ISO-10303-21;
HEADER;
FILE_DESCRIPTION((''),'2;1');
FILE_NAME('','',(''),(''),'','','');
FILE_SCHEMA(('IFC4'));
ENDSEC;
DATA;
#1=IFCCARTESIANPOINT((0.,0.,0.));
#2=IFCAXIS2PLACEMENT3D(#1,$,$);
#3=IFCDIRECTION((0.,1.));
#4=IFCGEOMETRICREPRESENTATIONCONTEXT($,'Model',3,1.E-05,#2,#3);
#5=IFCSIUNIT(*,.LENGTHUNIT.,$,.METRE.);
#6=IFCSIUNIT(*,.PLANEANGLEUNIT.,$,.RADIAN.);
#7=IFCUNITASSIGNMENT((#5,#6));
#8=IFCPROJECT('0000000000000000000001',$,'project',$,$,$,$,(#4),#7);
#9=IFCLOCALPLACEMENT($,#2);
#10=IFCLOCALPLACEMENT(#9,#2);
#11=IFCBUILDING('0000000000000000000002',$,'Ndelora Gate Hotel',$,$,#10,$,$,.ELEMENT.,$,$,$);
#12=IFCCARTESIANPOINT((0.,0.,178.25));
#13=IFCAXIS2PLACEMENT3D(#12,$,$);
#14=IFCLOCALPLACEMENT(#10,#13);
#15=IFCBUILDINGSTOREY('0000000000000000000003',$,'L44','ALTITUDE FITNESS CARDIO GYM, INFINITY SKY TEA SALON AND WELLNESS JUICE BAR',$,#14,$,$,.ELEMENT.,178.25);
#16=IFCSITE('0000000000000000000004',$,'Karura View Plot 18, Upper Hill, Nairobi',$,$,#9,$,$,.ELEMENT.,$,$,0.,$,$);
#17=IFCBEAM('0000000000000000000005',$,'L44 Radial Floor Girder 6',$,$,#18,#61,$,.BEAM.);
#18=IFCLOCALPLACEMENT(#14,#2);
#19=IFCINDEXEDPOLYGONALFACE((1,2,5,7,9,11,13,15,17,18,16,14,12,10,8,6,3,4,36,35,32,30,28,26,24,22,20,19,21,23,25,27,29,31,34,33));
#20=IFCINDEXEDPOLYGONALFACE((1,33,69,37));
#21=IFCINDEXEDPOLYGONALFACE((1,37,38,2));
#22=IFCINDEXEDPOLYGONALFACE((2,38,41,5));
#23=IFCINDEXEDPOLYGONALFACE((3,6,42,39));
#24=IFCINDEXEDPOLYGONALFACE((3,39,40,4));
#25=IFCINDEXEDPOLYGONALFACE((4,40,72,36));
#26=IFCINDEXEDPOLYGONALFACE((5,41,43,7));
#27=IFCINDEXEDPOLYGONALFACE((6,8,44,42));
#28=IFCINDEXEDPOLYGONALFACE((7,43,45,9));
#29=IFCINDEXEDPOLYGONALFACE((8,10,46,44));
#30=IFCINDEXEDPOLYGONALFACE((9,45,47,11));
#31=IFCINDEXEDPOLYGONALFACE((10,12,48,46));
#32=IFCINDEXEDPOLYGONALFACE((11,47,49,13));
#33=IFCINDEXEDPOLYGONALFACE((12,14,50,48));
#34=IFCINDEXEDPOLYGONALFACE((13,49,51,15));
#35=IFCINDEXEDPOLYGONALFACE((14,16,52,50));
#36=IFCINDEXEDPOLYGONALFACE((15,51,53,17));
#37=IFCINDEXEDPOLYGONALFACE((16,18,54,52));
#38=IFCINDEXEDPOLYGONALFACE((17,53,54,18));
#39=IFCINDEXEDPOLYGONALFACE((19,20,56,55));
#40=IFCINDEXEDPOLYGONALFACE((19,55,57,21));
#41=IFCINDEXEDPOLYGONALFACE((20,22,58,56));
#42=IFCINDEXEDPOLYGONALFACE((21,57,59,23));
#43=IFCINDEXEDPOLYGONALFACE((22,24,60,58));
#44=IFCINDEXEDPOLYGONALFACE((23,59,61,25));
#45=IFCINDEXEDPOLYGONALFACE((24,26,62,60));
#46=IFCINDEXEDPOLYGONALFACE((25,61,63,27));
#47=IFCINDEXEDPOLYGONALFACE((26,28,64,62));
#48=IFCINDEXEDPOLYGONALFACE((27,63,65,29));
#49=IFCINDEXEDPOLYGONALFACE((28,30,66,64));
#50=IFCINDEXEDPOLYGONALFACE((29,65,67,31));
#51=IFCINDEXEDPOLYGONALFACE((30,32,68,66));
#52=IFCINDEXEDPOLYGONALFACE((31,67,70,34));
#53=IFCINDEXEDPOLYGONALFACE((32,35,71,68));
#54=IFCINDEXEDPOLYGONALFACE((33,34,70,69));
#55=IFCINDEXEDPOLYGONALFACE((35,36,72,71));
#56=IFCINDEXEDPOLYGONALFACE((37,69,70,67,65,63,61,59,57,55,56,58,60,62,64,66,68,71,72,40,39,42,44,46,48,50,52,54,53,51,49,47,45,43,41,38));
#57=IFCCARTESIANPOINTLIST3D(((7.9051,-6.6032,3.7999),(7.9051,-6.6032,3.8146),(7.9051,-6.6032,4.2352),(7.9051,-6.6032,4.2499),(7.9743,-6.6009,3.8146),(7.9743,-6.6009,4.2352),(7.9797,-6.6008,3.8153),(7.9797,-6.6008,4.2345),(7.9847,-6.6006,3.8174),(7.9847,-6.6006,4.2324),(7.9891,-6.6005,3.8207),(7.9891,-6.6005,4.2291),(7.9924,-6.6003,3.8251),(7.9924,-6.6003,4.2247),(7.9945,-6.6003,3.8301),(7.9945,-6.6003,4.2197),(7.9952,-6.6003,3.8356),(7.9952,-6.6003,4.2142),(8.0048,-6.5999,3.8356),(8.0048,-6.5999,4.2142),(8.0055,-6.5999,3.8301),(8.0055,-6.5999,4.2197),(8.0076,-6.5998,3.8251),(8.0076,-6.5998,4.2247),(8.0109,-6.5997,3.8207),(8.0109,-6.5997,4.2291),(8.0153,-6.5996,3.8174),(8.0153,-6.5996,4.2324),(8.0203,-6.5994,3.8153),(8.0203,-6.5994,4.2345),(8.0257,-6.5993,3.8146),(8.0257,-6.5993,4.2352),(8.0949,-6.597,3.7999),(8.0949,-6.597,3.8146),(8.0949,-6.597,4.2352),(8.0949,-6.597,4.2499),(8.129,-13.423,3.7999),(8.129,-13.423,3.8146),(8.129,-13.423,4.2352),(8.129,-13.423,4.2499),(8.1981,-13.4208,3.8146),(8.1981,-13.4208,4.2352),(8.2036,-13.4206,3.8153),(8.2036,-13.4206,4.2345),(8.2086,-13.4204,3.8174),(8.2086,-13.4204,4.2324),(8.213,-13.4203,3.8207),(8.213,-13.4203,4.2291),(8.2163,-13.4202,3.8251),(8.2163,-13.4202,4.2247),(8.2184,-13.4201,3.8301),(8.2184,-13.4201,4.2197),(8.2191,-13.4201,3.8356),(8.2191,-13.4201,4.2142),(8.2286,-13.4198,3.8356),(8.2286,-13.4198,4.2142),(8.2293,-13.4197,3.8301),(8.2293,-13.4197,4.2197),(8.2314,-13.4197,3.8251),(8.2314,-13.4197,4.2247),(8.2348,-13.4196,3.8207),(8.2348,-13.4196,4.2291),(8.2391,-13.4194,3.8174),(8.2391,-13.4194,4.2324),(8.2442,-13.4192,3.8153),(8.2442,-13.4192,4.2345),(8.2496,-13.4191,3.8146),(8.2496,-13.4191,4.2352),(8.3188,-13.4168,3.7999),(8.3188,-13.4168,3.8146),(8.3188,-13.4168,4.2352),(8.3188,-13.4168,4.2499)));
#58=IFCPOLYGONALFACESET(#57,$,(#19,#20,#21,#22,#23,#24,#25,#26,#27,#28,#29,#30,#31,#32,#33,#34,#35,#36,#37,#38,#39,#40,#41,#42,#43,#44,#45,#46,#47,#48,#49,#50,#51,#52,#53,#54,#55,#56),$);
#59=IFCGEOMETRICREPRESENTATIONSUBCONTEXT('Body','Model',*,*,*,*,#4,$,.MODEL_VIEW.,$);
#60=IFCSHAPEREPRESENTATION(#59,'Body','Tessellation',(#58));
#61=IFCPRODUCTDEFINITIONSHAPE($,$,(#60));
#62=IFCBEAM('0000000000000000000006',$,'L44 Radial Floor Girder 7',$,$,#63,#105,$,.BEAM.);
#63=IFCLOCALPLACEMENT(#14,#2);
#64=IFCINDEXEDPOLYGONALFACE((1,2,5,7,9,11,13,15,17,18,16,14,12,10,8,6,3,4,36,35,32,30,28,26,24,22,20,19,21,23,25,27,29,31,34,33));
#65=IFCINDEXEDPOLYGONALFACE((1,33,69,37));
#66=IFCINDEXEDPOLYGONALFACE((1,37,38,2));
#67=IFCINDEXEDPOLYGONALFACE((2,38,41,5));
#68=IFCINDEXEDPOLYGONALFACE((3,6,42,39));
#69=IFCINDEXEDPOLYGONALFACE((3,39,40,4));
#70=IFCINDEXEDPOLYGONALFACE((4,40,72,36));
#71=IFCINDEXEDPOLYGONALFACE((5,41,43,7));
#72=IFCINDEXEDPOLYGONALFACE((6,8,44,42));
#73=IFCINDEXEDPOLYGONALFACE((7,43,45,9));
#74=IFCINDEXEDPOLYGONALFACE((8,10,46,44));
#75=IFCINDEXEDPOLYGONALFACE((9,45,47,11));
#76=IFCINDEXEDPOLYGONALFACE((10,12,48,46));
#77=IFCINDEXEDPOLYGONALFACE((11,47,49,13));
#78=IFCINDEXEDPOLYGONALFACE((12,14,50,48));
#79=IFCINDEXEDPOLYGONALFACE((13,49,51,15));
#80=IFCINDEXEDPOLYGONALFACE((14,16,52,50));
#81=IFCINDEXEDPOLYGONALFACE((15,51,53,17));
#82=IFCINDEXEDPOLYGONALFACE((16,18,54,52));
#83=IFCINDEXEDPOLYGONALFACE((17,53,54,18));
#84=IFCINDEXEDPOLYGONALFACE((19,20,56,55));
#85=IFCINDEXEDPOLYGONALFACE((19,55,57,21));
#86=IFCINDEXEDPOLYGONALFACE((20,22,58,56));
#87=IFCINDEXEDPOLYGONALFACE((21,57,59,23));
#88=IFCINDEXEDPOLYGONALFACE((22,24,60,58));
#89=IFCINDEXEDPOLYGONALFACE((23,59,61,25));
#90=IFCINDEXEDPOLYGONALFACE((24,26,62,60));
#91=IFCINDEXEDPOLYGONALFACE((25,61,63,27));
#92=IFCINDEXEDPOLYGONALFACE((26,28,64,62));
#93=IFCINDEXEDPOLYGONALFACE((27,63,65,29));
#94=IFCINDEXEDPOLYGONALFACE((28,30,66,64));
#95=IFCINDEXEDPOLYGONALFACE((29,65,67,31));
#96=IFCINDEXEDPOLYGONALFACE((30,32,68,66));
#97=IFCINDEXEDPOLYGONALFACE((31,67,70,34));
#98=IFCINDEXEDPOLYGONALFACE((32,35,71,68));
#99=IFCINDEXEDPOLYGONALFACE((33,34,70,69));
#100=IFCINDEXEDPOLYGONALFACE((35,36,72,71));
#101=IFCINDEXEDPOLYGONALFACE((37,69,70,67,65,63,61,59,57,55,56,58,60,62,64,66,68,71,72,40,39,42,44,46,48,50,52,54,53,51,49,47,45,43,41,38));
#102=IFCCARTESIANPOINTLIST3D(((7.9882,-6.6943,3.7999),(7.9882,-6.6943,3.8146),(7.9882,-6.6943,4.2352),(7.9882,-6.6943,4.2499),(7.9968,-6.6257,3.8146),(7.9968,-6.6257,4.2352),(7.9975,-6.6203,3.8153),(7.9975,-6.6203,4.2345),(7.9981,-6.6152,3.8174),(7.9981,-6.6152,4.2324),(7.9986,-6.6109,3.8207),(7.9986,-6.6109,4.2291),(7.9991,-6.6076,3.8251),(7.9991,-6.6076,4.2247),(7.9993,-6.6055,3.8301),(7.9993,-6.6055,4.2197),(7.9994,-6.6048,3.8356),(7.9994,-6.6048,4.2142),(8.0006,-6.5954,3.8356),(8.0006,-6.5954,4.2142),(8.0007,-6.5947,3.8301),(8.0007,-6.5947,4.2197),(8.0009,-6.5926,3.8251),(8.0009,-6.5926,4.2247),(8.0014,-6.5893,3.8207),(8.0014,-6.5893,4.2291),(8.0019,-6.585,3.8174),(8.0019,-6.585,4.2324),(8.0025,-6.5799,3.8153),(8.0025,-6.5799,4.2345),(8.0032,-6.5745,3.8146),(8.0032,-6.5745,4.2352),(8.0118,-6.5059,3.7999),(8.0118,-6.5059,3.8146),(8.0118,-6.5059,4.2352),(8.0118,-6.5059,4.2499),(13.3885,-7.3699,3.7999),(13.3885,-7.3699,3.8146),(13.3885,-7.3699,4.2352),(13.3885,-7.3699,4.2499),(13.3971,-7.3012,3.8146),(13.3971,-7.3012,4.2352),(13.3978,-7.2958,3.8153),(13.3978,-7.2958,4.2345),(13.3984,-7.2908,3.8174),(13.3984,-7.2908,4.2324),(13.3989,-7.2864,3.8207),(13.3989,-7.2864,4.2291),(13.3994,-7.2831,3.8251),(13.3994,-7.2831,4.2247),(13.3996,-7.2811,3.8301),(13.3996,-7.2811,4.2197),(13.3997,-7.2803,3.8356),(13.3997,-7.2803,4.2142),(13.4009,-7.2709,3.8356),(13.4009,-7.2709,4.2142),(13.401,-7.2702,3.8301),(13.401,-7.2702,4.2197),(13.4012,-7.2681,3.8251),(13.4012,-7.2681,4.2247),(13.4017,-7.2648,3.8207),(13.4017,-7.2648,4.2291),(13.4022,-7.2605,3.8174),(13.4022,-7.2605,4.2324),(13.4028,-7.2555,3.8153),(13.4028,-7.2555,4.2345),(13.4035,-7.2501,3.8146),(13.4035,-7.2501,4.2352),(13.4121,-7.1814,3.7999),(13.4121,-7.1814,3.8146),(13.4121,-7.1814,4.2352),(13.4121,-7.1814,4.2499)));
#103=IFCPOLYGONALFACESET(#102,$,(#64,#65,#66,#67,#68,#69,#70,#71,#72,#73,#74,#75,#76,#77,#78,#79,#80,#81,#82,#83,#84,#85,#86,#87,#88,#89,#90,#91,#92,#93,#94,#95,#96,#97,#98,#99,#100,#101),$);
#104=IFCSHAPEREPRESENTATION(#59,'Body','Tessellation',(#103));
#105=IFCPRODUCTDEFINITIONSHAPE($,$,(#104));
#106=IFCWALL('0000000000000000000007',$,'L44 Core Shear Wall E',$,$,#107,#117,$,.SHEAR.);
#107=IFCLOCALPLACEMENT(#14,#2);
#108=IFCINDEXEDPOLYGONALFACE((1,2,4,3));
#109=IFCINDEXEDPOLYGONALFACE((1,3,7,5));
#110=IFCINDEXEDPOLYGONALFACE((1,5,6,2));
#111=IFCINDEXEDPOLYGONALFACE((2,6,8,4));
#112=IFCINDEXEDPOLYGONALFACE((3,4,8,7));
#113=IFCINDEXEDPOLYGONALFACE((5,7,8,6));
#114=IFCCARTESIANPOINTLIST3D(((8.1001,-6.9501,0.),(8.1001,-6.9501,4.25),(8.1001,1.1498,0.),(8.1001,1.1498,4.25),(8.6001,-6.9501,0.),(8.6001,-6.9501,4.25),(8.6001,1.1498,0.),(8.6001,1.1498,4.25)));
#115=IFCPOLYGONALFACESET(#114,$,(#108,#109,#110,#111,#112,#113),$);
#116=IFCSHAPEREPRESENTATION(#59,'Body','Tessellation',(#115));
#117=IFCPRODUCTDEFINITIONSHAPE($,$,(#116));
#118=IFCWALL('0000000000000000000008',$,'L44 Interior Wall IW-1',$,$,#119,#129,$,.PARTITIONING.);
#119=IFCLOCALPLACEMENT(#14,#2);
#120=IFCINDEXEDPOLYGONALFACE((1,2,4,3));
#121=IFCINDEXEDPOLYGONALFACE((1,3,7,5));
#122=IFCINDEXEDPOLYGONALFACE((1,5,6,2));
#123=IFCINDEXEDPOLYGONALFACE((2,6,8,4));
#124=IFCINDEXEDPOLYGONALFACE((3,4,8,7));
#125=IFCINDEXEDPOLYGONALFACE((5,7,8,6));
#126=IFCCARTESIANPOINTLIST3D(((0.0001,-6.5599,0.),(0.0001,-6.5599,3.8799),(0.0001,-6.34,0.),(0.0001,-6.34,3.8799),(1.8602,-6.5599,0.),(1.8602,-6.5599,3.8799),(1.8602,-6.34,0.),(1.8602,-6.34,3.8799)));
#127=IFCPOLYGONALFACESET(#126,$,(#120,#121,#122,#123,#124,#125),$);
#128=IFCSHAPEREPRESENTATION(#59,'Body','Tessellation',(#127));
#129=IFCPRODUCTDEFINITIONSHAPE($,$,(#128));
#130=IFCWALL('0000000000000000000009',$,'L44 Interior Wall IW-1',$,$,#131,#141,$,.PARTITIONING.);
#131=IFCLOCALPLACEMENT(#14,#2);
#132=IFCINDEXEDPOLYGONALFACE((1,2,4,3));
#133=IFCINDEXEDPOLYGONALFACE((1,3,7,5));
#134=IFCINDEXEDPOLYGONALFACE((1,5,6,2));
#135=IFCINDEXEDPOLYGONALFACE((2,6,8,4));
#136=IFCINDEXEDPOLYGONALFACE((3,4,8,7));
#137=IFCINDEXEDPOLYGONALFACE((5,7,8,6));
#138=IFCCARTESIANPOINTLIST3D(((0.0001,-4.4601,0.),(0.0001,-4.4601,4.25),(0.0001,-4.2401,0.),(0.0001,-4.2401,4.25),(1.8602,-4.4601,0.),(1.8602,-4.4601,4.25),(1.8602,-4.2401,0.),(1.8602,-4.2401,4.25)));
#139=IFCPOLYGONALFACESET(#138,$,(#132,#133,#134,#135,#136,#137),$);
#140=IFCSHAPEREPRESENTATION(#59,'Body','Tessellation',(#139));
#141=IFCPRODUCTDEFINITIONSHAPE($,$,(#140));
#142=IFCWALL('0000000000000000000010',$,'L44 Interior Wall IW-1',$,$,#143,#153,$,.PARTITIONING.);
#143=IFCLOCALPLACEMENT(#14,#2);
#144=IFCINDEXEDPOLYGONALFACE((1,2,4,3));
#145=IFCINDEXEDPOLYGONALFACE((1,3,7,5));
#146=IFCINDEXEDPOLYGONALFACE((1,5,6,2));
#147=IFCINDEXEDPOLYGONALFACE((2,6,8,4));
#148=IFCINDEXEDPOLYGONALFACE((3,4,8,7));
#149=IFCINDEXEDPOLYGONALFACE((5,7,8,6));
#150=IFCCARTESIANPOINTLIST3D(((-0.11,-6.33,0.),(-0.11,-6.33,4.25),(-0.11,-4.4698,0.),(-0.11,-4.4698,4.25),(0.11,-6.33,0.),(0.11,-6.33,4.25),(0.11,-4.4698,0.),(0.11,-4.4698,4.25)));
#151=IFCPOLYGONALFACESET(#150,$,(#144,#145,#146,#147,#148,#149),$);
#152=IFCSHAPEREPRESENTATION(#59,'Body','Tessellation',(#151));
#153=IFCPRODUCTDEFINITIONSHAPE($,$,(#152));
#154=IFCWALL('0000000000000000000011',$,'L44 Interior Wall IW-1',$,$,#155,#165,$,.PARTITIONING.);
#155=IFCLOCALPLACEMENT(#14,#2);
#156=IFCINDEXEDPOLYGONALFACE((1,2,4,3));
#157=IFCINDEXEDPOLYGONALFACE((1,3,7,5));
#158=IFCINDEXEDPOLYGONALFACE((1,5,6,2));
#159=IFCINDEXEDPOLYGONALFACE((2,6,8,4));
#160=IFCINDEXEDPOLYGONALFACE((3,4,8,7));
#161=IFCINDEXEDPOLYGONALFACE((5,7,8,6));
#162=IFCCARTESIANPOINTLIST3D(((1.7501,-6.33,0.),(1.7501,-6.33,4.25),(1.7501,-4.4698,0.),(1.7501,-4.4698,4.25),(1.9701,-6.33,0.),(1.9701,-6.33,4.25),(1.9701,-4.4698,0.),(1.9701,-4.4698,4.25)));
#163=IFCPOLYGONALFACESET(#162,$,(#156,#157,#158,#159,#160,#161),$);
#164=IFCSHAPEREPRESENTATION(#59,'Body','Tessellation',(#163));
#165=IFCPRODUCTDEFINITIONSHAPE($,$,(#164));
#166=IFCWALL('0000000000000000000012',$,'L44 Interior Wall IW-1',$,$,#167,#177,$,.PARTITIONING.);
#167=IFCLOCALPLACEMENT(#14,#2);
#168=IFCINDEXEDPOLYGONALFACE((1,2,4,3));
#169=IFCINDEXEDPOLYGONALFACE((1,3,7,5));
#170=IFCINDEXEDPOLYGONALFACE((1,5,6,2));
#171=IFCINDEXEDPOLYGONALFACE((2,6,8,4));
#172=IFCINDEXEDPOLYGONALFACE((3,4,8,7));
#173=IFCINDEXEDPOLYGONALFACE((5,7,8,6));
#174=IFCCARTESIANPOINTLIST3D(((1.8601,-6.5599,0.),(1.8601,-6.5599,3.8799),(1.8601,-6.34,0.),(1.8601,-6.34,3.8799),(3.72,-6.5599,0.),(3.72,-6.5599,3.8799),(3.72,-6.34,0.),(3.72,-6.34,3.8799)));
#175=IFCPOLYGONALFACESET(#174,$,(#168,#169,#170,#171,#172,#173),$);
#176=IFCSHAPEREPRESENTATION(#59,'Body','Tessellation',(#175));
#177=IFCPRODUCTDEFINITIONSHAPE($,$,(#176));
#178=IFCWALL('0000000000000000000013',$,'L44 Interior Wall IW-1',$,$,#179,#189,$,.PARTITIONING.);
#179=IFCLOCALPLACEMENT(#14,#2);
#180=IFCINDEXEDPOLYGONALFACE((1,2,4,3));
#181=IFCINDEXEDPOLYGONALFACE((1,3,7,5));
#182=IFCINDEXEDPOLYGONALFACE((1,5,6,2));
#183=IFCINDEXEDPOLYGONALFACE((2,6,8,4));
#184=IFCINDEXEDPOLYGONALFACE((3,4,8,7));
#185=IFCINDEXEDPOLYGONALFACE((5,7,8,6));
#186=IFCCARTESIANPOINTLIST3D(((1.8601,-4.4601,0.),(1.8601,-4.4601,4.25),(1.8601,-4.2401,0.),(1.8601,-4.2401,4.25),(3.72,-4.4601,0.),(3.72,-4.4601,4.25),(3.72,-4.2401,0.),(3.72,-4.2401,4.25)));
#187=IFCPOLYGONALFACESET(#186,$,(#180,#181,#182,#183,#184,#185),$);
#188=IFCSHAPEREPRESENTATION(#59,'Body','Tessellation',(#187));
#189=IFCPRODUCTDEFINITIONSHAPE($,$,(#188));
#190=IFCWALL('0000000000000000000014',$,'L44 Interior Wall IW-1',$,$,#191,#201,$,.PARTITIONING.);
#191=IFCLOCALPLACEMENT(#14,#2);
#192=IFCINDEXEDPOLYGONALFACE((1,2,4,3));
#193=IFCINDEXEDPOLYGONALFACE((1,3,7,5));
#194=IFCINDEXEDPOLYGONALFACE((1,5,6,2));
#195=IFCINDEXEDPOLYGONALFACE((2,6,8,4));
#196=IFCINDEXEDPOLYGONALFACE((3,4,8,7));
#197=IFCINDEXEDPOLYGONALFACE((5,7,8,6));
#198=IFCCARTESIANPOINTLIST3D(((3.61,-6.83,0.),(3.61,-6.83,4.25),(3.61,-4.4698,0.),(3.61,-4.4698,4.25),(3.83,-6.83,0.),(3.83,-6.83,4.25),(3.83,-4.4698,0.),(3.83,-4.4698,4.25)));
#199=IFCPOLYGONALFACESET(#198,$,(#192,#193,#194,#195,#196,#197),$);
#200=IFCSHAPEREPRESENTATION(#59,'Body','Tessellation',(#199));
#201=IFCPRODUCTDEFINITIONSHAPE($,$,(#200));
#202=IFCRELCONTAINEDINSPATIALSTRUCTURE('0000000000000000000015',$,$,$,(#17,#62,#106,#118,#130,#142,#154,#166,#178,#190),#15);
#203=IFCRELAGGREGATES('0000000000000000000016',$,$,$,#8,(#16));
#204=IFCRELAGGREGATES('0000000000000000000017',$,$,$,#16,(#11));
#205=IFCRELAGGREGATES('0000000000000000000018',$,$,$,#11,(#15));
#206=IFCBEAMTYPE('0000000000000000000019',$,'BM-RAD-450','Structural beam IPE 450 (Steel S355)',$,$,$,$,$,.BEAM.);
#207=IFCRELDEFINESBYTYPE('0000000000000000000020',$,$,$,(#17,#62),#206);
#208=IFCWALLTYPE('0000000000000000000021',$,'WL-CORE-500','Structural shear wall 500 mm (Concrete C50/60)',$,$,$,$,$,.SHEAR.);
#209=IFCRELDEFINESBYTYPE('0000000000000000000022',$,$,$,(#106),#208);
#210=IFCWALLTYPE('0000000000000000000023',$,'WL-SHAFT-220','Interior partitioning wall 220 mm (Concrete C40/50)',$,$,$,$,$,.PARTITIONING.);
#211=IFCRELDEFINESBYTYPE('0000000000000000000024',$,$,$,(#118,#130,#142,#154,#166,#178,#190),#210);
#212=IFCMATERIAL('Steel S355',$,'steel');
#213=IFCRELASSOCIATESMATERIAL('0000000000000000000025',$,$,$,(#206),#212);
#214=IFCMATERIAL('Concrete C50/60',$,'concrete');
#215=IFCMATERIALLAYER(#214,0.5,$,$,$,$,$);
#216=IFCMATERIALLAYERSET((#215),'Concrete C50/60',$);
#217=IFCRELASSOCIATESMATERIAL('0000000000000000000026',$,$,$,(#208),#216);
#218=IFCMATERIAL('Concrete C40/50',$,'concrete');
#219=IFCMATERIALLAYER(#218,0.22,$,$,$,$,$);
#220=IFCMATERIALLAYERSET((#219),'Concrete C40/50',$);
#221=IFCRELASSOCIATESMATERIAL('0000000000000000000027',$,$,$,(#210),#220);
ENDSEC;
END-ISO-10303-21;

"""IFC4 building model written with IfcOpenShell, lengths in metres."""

from ifc_helpers import new_model, si_unit, direction, frame, frame_2d, origin, origin_2d, place, context, subcontext, project, spatial, rectangle, i_section, extrude, material, layer, layer_set, material_profile, profile_set, type_object, element, save


model = new_model("IFC4")

# Units and contexts
model_context = context("Model", 3, precision=1e-05, world=origin(), true_north=direction((0.0, 1.0)))
body_context = subcontext(model_context, "Body", "Model", "MODEL_VIEW")
ifc_project = project(units=[si_unit("LENGTHUNIT", "METRE"), si_unit("PLANEANGLEUNIT", "RADIAN")], contexts=[model_context])

# Site, building, storey
site_placement = place(None, origin())
site = spatial("IfcSite", under=ifc_project, at=site_placement, Name="Karura View Plot 18, Upper Hill, Nairobi", CompositionType="ELEMENT", RefElevation=0.0)
building_placement = place(site_placement, origin())
building = spatial("IfcBuilding", under=site, at=building_placement, Name="Ndelora Gate Hotel", CompositionType="ELEMENT")
storey_placement = place(building_placement, frame((0.0, 0.0, 178.25)))
storey = spatial("IfcBuildingStorey", under=building, at=storey_placement, Name="L44", Description="ALTITUDE FITNESS CARDIO GYM, INFINITY SKY TEA SALON AND WELLNESS JUICE BAR", CompositionType="ELEMENT", Elevation=178.25)

# Shared definitions
ifc_material_1 = material(Name="Concrete C50/60", Category="concrete")

# Beams
ifc_material_2 = material(Name="Steel S355", Category="steel")
ifc_material_profile_1 = material_profile(ifc_material_2, i_section(OverallWidth=0.1899, OverallDepth=0.45, WebThickness=0.0095, FlangeThickness=0.0146, FilletRadius=0.021, at=origin_2d()), Name="IPE 450")
ifc_profile_set_1 = profile_set([ifc_material_profile_1], Name="Steel S355")
beam_type_1 = type_object("IfcBeamType", Name="BM-RAD-450", Description="Structural beam IPE 450 (Steel S355)", PredefinedType="BEAM", material=ifc_profile_set_1)
beam_1_placement = place(storey_placement, frame((8.0, -6.6001, 4.0249), z_axis=(0.03281, -0.999462, 0.0), x_axis=(0.999462, 0.03281, 0.0)))
element("IfcBeam", 1, at=beam_1_placement, inside=storey, type_object=beam_type_1, Name="L44 Radial Floor Girder 6", PredefinedType="BEAM", context=body_context, shape_type="SweptSolid", body=[
    extrude(i_section(OverallWidth=0.1899, OverallDepth=0.45, WebThickness=0.0095, FlangeThickness=0.0146, FilletRadius=0.021, at=origin_2d()), origin(), (0.0, 0.0, 1.0), 6.8235),
])
beam_2_placement = place(storey_placement, frame((8.0, -6.6001, 4.0249), z_axis=(0.992267, -0.124123, 0.0), x_axis=(0.124123, 0.992267, 0.0)))
element("IfcBeam", 2, at=beam_2_placement, inside=storey, type_object=beam_type_1, Name="L44 Radial Floor Girder 7", PredefinedType="BEAM", context=body_context, shape_type="SweptSolid", body=[
    extrude(i_section(OverallWidth=0.1899, OverallDepth=0.45, WebThickness=0.0095, FlangeThickness=0.0146, FilletRadius=0.021, at=origin_2d()), origin(), (0.0, 0.0, 1.0), 5.4424),
])

# Walls
ifc_layer_1 = layer(ifc_material_1, 0.5)
ifc_layer_set_1 = layer_set([ifc_layer_1], Name="Concrete C50/60")
wall_type_1 = type_object("IfcWallType", Name="WL-CORE-500", Description="Structural shear wall 500 mm (Concrete C50/60)", PredefinedType="SHEAR", material=ifc_layer_set_1)
wall_1_placement = place(storey_placement, frame((8.3501, -6.95, 0.0), z_axis=(0.0, 0.0, 1.0), x_axis=(0.0, 1.0, 0.0)))
element("IfcWall", 3, at=wall_1_placement, inside=storey, type_object=wall_type_1, Name="L44 Core Shear Wall E", PredefinedType="SHEAR", context=body_context, shape_type="SweptSolid", body=[
    extrude(rectangle(XDim=8.0999, YDim=0.5, at=frame_2d((4.0498, 0.0))), origin(), (0.0, 0.0, 1.0), 4.25),
])
ifc_material_3 = material(Name="Concrete C40/50", Category="concrete")
ifc_layer_2 = layer(ifc_material_3, 0.22)
ifc_layer_set_2 = layer_set([ifc_layer_2], Name="Concrete C40/50")
wall_type_2 = type_object("IfcWallType", Name="WL-SHAFT-220", Description="Interior partitioning wall 220 mm (Concrete C40/50)", PredefinedType="PARTITIONING", material=ifc_layer_set_2)
wall_2_placement = place(storey_placement, frame((0.0, -6.45, 0.0), z_axis=(0.0, 0.0, 1.0), x_axis=(1.0, 0.0, 0.0)))
element("IfcWall", 4, at=wall_2_placement, inside=storey, type_object=wall_type_2, Name="L44 Interior Wall IW-1", PredefinedType="PARTITIONING", context=body_context, shape_type="SweptSolid", body=[
    extrude(rectangle(XDim=1.8601, YDim=0.22, at=frame_2d((0.9302, 0.0))), origin(), (0.0, 0.0, 1.0), 3.8799),
])
for number, where, z_axis, x_axis, name in (
    (5, (0.0, -4.3501, 0.0), (0.0, 0.0, 1.0), (1.0, 0.0, 0.0), "L44 Interior Wall IW-1"),
    (6, (0.0, -6.3301, 0.0), (0.0, 0.0, 1.0), (0.0, 1.0, 0.0), "L44 Interior Wall IW-1"),
    (7, (1.8601, -6.3301, 0.0), (0.0, 0.0, 1.0), (0.0, 1.0, 0.0), "L44 Interior Wall IW-1"),
):
    element("IfcWall", number, at=place(storey_placement, frame(where, z_axis=z_axis, x_axis=x_axis)), inside=storey, type_object=wall_type_2, Name=name, PredefinedType="PARTITIONING", context=body_context, shape_type="SweptSolid", body=[
        extrude(rectangle(XDim=1.8601, YDim=0.22, at=frame_2d((0.9302, 0.0))), origin(), (0.0, 0.0, 1.0), 4.25),
    ])
wall_3_placement = place(storey_placement, frame((1.8601, -6.45, 0.0), z_axis=(0.0, 0.0, 1.0), x_axis=(1.0, 0.0, 0.0)))
element("IfcWall", 8, at=wall_3_placement, inside=storey, type_object=wall_type_2, Name="L44 Interior Wall IW-1", PredefinedType="PARTITIONING", context=body_context, shape_type="SweptSolid", body=[
    extrude(rectangle(XDim=1.8599, YDim=0.22, at=frame_2d((0.9299, 0.0))), origin(), (0.0, 0.0, 1.0), 3.8799),
])
wall_4_placement = place(storey_placement, frame((1.8601, -4.3501, 0.0), z_axis=(0.0, 0.0, 1.0), x_axis=(1.0, 0.0, 0.0)))
element("IfcWall", 9, at=wall_4_placement, inside=storey, type_object=wall_type_2, Name="L44 Interior Wall IW-1", PredefinedType="PARTITIONING", context=body_context, shape_type="SweptSolid", body=[
    extrude(rectangle(XDim=1.8599, YDim=0.22, at=frame_2d((0.9299, 0.0))), origin(), (0.0, 0.0, 1.0), 4.25),
])
wall_5_placement = place(storey_placement, frame((3.72, -6.8301, 0.0), z_axis=(0.0, 0.0, 1.0), x_axis=(0.0, 1.0, 0.0)))
element("IfcWall", 10, at=wall_5_placement, inside=storey, type_object=wall_type_2, Name="L44 Interior Wall IW-1", PredefinedType="PARTITIONING", context=body_context, shape_type="SweptSolid", body=[
    extrude(rectangle(XDim=2.3601, YDim=0.22, at=frame_2d((1.1802, 0.0))), origin(), (0.0, 0.0, 1.0), 4.25),
])

save(model, "model.ifc")
